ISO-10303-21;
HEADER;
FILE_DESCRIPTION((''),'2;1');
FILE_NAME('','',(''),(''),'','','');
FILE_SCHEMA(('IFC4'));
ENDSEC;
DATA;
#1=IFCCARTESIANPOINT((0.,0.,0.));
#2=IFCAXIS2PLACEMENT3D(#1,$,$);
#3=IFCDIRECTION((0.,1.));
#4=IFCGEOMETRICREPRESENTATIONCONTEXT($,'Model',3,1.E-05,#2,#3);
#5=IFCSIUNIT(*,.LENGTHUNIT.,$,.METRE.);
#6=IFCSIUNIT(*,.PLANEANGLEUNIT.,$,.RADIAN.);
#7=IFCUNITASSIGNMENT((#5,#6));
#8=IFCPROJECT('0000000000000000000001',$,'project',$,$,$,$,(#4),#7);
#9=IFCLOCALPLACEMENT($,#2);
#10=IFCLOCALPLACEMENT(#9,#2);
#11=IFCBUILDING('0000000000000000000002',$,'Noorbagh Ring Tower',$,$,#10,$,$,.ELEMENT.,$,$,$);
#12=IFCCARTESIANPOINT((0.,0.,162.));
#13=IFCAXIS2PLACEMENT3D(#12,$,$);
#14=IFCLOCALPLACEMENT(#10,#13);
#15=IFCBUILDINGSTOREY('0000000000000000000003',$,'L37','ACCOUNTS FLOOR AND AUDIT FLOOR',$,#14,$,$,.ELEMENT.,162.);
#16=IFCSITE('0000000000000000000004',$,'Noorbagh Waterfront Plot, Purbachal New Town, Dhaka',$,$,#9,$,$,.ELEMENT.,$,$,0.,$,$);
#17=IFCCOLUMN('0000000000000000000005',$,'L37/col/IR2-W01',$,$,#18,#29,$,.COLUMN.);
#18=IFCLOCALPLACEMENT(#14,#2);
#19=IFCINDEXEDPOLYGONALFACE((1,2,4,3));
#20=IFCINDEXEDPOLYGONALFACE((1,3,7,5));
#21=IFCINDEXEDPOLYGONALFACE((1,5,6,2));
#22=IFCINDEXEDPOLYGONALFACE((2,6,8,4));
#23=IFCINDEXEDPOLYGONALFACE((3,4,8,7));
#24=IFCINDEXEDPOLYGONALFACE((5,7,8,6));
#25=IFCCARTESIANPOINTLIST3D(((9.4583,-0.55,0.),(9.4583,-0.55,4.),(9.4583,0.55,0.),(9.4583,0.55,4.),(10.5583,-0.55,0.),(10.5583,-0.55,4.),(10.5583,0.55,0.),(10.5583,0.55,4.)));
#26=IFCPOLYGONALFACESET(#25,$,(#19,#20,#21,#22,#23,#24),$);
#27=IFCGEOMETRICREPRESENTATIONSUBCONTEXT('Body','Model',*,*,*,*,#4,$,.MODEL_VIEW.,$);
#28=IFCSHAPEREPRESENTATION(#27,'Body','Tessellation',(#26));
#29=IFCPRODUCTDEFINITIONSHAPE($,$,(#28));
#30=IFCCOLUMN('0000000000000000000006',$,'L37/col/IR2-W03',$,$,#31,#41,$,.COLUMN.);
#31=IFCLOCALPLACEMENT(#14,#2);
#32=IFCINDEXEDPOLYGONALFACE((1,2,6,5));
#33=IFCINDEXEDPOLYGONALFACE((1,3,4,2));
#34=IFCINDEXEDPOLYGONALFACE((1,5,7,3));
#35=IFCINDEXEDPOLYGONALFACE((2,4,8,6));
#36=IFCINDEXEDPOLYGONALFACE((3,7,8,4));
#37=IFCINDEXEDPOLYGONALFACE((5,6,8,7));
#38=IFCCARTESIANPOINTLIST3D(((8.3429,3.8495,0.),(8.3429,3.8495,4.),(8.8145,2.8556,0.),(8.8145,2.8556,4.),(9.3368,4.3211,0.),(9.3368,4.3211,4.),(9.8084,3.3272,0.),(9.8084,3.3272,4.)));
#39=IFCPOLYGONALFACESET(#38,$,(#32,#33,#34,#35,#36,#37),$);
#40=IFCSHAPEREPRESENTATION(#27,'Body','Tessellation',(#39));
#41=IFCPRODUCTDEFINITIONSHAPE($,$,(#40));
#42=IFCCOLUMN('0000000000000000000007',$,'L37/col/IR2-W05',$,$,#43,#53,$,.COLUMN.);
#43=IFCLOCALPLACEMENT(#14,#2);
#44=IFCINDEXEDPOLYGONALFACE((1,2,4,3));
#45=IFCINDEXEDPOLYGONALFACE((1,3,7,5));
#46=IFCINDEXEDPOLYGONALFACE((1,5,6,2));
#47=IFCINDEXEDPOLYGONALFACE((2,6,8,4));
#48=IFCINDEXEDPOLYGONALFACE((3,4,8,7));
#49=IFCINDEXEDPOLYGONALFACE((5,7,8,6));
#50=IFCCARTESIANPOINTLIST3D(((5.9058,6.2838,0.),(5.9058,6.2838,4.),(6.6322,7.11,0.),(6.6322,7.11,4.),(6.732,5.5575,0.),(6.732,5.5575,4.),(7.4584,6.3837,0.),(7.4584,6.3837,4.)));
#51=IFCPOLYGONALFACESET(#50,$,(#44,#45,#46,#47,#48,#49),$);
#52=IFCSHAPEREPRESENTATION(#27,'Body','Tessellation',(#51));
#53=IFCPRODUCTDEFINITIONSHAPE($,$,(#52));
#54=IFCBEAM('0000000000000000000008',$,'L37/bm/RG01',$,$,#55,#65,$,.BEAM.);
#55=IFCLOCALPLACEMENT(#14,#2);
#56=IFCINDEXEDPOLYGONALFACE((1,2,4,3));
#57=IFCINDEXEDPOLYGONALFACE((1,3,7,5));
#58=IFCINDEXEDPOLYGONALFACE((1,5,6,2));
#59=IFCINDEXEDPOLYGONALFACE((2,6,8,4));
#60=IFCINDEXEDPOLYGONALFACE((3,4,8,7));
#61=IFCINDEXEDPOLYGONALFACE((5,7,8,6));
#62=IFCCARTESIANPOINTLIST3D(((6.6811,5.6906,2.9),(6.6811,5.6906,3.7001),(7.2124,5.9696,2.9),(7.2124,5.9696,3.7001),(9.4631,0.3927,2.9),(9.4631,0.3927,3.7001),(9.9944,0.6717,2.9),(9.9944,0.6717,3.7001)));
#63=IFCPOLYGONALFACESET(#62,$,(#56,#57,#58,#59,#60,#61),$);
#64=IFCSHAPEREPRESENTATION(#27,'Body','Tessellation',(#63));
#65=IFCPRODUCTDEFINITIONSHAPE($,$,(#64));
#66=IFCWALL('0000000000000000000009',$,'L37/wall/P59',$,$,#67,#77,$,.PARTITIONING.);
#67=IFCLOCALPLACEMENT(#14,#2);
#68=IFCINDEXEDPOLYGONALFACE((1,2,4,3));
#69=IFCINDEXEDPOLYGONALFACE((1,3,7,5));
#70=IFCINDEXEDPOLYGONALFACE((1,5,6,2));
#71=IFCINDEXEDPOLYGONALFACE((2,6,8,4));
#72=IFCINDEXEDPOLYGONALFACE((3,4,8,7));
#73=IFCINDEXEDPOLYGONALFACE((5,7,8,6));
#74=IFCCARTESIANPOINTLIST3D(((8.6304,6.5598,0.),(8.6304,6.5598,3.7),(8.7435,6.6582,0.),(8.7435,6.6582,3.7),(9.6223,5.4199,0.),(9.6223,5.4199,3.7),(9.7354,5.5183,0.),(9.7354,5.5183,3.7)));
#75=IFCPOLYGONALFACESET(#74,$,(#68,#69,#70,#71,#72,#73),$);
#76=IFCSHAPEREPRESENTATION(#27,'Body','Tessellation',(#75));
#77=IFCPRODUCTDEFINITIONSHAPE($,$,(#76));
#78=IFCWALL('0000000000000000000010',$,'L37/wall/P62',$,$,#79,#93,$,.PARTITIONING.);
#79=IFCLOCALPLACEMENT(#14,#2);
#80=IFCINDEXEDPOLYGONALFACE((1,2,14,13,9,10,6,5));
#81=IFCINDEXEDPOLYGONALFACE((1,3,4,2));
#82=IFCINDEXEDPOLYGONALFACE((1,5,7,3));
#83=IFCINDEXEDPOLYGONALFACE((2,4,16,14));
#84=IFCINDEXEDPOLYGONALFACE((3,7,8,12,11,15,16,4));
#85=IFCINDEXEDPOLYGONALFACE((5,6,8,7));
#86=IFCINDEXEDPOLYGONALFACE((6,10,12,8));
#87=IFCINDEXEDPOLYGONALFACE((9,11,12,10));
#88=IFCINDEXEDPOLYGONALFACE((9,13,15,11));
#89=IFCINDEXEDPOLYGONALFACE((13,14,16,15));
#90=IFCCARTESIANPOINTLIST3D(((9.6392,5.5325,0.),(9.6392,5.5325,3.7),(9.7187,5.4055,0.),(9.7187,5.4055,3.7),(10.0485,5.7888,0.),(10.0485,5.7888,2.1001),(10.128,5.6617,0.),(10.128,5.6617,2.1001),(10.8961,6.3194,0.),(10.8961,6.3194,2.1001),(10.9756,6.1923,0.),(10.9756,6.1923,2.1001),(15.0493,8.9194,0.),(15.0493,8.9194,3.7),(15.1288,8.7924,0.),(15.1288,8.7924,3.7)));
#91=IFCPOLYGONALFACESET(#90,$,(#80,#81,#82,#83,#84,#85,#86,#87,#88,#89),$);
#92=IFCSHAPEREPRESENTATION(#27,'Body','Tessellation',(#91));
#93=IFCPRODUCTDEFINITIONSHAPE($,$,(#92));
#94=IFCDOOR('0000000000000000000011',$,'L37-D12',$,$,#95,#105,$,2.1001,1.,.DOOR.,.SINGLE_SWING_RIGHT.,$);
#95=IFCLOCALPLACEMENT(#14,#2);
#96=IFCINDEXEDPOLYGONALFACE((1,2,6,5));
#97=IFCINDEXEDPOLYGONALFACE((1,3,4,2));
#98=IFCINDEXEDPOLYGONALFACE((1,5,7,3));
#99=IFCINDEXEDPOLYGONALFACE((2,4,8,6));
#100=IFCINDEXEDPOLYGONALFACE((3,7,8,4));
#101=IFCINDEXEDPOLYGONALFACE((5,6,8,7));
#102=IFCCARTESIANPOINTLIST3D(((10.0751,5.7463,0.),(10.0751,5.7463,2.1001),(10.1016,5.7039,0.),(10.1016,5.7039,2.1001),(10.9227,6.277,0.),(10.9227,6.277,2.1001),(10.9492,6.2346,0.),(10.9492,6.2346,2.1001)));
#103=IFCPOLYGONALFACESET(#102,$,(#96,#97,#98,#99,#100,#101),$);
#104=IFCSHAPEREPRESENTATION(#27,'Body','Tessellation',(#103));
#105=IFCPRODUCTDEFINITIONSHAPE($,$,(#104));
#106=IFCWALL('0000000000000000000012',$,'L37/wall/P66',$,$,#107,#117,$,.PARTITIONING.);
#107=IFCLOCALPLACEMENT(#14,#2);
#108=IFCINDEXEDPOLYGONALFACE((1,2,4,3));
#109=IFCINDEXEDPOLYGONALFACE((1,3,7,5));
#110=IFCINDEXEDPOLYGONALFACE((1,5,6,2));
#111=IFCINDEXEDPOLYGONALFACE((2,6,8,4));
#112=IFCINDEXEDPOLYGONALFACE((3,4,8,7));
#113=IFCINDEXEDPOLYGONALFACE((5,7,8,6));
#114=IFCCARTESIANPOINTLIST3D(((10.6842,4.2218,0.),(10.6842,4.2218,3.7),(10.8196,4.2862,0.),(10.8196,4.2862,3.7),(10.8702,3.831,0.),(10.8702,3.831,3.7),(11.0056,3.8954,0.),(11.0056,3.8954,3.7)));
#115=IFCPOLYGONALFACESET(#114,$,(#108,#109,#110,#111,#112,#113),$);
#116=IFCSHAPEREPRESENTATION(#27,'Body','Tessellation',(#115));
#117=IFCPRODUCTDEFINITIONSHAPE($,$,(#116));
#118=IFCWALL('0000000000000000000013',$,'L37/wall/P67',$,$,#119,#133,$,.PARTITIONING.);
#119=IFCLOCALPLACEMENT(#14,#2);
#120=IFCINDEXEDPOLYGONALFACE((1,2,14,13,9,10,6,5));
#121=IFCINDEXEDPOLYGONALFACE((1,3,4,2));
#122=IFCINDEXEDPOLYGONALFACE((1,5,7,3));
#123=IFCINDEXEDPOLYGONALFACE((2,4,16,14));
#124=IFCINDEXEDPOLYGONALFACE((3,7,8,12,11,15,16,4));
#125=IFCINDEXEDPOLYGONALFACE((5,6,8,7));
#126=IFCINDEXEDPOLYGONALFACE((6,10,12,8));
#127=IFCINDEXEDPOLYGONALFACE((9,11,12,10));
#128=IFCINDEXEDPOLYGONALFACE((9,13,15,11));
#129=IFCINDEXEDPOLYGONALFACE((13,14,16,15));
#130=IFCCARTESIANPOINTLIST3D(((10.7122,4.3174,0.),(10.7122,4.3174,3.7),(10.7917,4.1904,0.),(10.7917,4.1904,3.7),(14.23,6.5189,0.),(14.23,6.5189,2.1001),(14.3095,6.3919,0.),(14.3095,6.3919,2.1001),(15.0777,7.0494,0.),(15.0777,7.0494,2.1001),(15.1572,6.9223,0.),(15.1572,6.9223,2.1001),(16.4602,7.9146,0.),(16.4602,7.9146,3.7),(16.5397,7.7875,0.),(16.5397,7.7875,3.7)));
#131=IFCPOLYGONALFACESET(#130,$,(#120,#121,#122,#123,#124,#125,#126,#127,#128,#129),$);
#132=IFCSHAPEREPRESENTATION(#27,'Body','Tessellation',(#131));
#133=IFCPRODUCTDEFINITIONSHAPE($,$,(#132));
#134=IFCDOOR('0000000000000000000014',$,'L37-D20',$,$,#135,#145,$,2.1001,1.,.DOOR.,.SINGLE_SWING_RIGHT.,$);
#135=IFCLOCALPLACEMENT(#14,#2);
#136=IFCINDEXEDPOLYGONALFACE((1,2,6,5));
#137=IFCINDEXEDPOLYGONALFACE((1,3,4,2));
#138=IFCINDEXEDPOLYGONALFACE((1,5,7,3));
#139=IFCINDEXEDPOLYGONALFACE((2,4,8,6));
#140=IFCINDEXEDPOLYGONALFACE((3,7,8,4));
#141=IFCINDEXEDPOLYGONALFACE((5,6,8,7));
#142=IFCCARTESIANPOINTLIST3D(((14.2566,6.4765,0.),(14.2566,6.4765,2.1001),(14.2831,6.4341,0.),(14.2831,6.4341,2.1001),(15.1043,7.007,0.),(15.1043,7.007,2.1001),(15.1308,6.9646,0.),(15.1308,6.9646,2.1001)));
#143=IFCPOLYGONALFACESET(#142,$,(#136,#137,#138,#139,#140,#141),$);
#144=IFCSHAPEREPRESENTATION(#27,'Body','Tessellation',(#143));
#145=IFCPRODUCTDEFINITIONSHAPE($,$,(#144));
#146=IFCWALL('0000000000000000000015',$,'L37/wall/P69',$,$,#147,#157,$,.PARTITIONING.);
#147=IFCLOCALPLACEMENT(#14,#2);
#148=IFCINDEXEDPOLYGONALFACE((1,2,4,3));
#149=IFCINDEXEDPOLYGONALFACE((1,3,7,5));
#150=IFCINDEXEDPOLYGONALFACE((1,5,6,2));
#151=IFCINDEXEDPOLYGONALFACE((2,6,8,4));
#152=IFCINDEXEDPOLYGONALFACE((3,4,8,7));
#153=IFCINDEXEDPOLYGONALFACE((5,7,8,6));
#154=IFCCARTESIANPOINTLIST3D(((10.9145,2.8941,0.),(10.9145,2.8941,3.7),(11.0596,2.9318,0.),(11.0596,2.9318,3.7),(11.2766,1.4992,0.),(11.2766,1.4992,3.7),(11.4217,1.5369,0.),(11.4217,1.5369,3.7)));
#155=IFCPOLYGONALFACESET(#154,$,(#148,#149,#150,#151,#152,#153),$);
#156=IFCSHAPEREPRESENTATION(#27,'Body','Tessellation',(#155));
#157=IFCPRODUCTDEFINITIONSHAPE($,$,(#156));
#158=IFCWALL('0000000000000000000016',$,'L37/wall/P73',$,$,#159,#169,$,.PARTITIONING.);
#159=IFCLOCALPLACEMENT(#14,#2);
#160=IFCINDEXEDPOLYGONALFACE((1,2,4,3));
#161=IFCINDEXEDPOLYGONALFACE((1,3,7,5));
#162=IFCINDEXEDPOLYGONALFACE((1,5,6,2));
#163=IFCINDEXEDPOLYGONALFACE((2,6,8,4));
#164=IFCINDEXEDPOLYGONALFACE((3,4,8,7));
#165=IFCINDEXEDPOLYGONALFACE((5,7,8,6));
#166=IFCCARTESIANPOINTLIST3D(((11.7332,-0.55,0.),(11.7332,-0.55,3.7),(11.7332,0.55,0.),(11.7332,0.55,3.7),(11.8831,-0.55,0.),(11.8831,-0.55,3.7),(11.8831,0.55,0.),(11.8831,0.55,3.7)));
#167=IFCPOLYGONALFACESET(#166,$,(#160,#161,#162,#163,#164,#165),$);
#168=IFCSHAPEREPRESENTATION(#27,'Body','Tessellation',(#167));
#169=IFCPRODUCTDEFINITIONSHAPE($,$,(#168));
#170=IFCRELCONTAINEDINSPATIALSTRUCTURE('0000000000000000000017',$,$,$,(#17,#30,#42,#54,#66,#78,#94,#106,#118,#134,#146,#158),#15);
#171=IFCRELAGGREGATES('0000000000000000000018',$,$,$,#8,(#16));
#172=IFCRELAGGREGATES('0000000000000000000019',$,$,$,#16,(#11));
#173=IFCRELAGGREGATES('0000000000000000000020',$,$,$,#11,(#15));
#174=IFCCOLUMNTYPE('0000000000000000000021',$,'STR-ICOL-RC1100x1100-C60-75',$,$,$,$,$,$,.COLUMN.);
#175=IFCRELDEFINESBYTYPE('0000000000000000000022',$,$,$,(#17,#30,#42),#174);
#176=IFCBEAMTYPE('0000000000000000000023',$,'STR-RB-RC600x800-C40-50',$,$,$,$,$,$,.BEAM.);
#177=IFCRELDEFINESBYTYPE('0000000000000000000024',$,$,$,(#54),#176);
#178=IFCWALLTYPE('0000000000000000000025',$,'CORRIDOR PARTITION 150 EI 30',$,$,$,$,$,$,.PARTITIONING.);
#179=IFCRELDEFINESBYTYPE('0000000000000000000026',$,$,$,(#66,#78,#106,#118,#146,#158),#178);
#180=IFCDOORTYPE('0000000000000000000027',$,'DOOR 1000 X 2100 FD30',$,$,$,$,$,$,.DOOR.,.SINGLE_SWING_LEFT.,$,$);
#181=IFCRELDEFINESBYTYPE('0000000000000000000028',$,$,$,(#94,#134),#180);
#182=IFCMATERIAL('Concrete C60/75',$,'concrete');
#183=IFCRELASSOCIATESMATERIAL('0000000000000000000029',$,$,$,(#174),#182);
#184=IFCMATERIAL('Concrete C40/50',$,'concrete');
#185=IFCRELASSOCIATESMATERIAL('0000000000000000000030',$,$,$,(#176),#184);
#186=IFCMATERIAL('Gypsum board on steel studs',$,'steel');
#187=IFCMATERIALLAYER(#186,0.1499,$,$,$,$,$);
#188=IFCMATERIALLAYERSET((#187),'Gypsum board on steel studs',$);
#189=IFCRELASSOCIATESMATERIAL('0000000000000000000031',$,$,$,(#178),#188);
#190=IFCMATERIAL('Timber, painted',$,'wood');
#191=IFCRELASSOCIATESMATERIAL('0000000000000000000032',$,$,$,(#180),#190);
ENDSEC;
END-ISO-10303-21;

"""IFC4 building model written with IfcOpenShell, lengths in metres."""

from ifc_helpers import new_model, si_unit, direction, frame, frame_2d, origin, origin_2d, place, context, subcontext, project, spatial, rectangle, extrude, material, layer, layer_set, material_profile, profile_set, type_object, element, fill, save


model = new_model("IFC4")

# Units and contexts
model_context = context("Model", 3, precision=1e-05, world=origin(), true_north=direction((0.0, 1.0)))
body_context = subcontext(model_context, "Body", "Model", "MODEL_VIEW")
ifc_project = project(units=[si_unit("LENGTHUNIT", "METRE"), si_unit("PLANEANGLEUNIT", "RADIAN")], contexts=[model_context])

# Site, building, storey
site_placement = place(None, origin())
site = spatial("IfcSite", under=ifc_project, at=site_placement, Name="Noorbagh Waterfront Plot, Purbachal New Town, Dhaka", CompositionType="ELEMENT", RefElevation=0.0)
building_placement = place(site_placement, origin())
building = spatial("IfcBuilding", under=site, at=building_placement, Name="Noorbagh Ring Tower", CompositionType="ELEMENT")
storey_placement = place(building_placement, frame((0.0, 0.0, 162.0)))
storey = spatial("IfcBuildingStorey", under=building, at=storey_placement, Name="L37", Description="ACCOUNTS FLOOR AND AUDIT FLOOR", CompositionType="ELEMENT", Elevation=162.0)

# Columns
ifc_material_1 = material(Name="Concrete C60/75", Category="concrete")
ifc_material_profile_1 = material_profile(ifc_material_1, rectangle(XDim=1.1001, YDim=1.1001, at=origin_2d()), Name="RC1100x1100")
ifc_profile_set_1 = profile_set([ifc_material_profile_1], Name="Concrete C60/75")
column_type = type_object("IfcColumnType", Name="STR-ICOL-RC1100x1100-C60-75", PredefinedType="COLUMN", material=ifc_profile_set_1)
for number, where, z_axis, x_axis, name in (
    (1, (10.0083, 0.0, 0.0), (0.0, 0.0, 1.0), (0.0, 1.0, 0.0), "L37/col/IR2-W01"),
    (2, (9.0757, 3.5884, 0.0), (0.0, 0.0, 1.0), (-0.428667, 0.903463, 0.0), "L37/col/IR2-W03"),
    (3, (6.6821, 6.3337, 0.0), (0.0, 0.0, 1.0), (-0.751022, 0.660277, 0.0), "L37/col/IR2-W05"),
):
    element("IfcColumn", number, at=place(storey_placement, frame(where, z_axis=z_axis, x_axis=x_axis)), inside=storey, type_object=column_type, Name=name, PredefinedType="COLUMN", context=body_context, shape_type="SweptSolid", body=[
        extrude(rectangle(XDim=1.1001, YDim=1.1001, at=origin_2d()), origin(), (0.0, 0.0, 1.0), 4.0),
    ])

# Beam
ifc_material_2 = material(Name="Concrete C40/50", Category="concrete")
ifc_material_profile_2 = material_profile(ifc_material_2, rectangle(XDim=0.6001, YDim=0.8, at=origin_2d()), Name="RC600x800")
ifc_profile_set_2 = profile_set([ifc_material_profile_2], Name="Concrete C40/50")
beam_type = type_object("IfcBeamType", Name="STR-RB-RC600x800-C40-50", PredefinedType="BEAM", material=ifc_profile_set_2)
beam_placement = place(storey_placement, frame((9.7288, 0.5322, 3.3), z_axis=(-0.464914, 0.885356, 0.0), x_axis=(-0.885356, -0.464914, 0.0)))
element("IfcBeam", 4, at=beam_placement, inside=storey, type_object=beam_type, Name="L37/bm/RG01", PredefinedType="BEAM", context=body_context, shape_type="SweptSolid", body=[
    extrude(rectangle(XDim=0.6001, YDim=0.8, at=origin_2d()), origin(), (0.0, 0.0, 1.0), 5.9839),
])

# Wall
ifc_material_3 = material(Name="Gypsum board on steel studs", Category="steel")
ifc_layer = layer(ifc_material_3, 0.1499)
ifc_layer_set = layer_set([ifc_layer], Name="Gypsum board on steel studs")
wall_type = type_object("IfcWallType", Name="CORRIDOR PARTITION 150 EI 30", PredefinedType="PARTITIONING", material=ifc_layer_set)
wall_1_placement = place(storey_placement, frame((8.687, 6.6089, 0.0), z_axis=(0.0, 0.0, 1.0), x_axis=(0.656455, -0.754365, 0.0)))
element("IfcWall", 5, at=wall_1_placement, inside=storey, type_object=wall_type, Name="L37/wall/P59", PredefinedType="PARTITIONING", context=body_context, shape_type="SweptSolid", body=[
    extrude(rectangle(XDim=1.511, YDim=0.1499, at=frame_2d((0.7554, 0.0))), origin(), (0.0, 0.0, 1.0), 3.7),
])

# Wall, opening, door
wall_2_placement = place(storey_placement, frame((9.679, 5.469, 0.0), z_axis=(0.0, 0.0, 1.0), x_axis=(0.847603, 0.530631, 0.0)))
wall_2 = element("IfcWall", 6, at=wall_2_placement, inside=storey, type_object=wall_type, Name="L37/wall/P62", PredefinedType="PARTITIONING", context=body_context, shape_type="SweptSolid", body=[
    extrude(rectangle(XDim=6.3828, YDim=0.1499, at=frame_2d((3.1914, 0.0))), origin(), (0.0, 0.0, 1.0), 3.7),
])
opening_1_placement = place(wall_2_placement, frame((0.4829, 0.0, 0.0)))
opening_1 = element("IfcOpeningElement", 7, at=opening_1_placement, cuts=wall_2, PredefinedType="OPENING", context=body_context, shape_type="SweptSolid", body=[
    extrude(rectangle(XDim=1.0, YDim=2.1001, at=frame_2d((0.5, 1.05))), frame((0.0, 0.085, 0.0), z_axis=(0.0, -1.0, 0.0), x_axis=(1.0, 0.0, 0.0)), (0.0, 0.0, 1.0), 0.1699),
])
ifc_material_4 = material(Name="Timber, painted", Category="wood")
door_type = type_object("IfcDoorType", Name="DOOR 1000 X 2100 FD30", OperationType="SINGLE_SWING_LEFT", PredefinedType="DOOR", material=ifc_material_4)
door_1_placement = place(opening_1_placement, origin())
door_1 = element("IfcDoor", 8, at=door_1_placement, inside=storey, type_object=door_type, Name="L37-D12", OperationType="SINGLE_SWING_RIGHT", OverallHeight=2.1001, OverallWidth=1.0, PredefinedType="DOOR", context=body_context, shape_type="SweptSolid", body=[
    extrude(rectangle(XDim=1.0, YDim=2.1001, at=frame_2d((0.5, 1.05))), frame((0.0, 0.0249, 0.0), z_axis=(0.0, -1.0, 0.0), x_axis=(1.0, 0.0, 0.0)), (0.0, 0.0, 1.0), 0.05),
])
fill(opening_1, door_1)

# Wall
wall_3_placement = place(storey_placement, frame((10.752, 4.2539, 0.0), z_axis=(0.0, 0.0, 1.0), x_axis=(0.429758, -0.902944, 0.0)))
element("IfcWall", 9, at=wall_3_placement, inside=storey, type_object=wall_type, Name="L37/wall/P66", PredefinedType="PARTITIONING", context=body_context, shape_type="SweptSolid", body=[
    extrude(rectangle(XDim=0.4329, YDim=0.1499, at=frame_2d((0.2163, 0.0))), origin(), (0.0, 0.0, 1.0), 3.7),
])

# Wall, opening, door
wall_4_placement = place(storey_placement, frame((10.752, 4.2539, 0.0), z_axis=(0.0, 0.0, 1.0), x_axis=(0.847691, 0.530491, 0.0)))
wall_4 = element("IfcWall", 10, at=wall_4_placement, inside=storey, type_object=wall_type, Name="L37/wall/P67", PredefinedType="PARTITIONING", context=body_context, shape_type="SweptSolid", body=[
    extrude(rectangle(XDim=6.7808, YDim=0.1499, at=frame_2d((3.3904, 0.0))), origin(), (0.0, 0.0, 1.0), 3.7),
])
opening_2_placement = place(wall_4_placement, frame((4.1499, 0.0, 0.0)))
opening_2 = element("IfcOpeningElement", 11, at=opening_2_placement, cuts=wall_4, PredefinedType="OPENING", context=body_context, shape_type="SweptSolid", body=[
    extrude(rectangle(XDim=1.0, YDim=2.1001, at=frame_2d((0.5, 1.05))), frame((0.0, 0.085, 0.0), z_axis=(0.0, -1.0, 0.0), x_axis=(1.0, 0.0, 0.0)), (0.0, 0.0, 1.0), 0.1699),
])
door_2_placement = place(opening_2_placement, origin())
door_2 = element("IfcDoor", 12, at=door_2_placement, inside=storey, type_object=door_type, Name="L37-D20", OperationType="SINGLE_SWING_RIGHT", OverallHeight=2.1001, OverallWidth=1.0, PredefinedType="DOOR", context=body_context, shape_type="SweptSolid", body=[
    extrude(rectangle(XDim=1.0, YDim=2.1001, at=frame_2d((0.5, 1.05))), frame((0.0, 0.0249, 0.0), z_axis=(0.0, -1.0, 0.0), x_axis=(1.0, 0.0, 0.0)), (0.0, 0.0, 1.0), 0.05),
])
fill(opening_2, door_2)

# Walls
wall_5_placement = place(storey_placement, frame((10.9871, 2.9131, 0.0), z_axis=(0.0, 0.0, 1.0), x_axis=(0.251215, -0.967931, 0.0)))
element("IfcWall", 13, at=wall_5_placement, inside=storey, type_object=wall_type, Name="L37/wall/P69", PredefinedType="PARTITIONING", context=body_context, shape_type="SweptSolid", body=[
    extrude(rectangle(XDim=1.4412, YDim=0.1499, at=frame_2d((0.7207, 0.0))), origin(), (0.0, 0.0, 1.0), 3.7),
])
wall_6_placement = place(storey_placement, frame((11.8081, -0.55, 0.0), z_axis=(0.0, 0.0, 1.0), x_axis=(0.0, 1.0, 0.0)))
element("IfcWall", 14, at=wall_6_placement, inside=storey, type_object=wall_type, Name="L37/wall/P73", PredefinedType="PARTITIONING", context=body_context, shape_type="SweptSolid", body=[
    extrude(rectangle(XDim=1.1001, YDim=0.1499, at=frame_2d((0.55, 0.0))), origin(), (0.0, 0.0, 1.0), 3.7),
])

save(model, "model.ifc")
